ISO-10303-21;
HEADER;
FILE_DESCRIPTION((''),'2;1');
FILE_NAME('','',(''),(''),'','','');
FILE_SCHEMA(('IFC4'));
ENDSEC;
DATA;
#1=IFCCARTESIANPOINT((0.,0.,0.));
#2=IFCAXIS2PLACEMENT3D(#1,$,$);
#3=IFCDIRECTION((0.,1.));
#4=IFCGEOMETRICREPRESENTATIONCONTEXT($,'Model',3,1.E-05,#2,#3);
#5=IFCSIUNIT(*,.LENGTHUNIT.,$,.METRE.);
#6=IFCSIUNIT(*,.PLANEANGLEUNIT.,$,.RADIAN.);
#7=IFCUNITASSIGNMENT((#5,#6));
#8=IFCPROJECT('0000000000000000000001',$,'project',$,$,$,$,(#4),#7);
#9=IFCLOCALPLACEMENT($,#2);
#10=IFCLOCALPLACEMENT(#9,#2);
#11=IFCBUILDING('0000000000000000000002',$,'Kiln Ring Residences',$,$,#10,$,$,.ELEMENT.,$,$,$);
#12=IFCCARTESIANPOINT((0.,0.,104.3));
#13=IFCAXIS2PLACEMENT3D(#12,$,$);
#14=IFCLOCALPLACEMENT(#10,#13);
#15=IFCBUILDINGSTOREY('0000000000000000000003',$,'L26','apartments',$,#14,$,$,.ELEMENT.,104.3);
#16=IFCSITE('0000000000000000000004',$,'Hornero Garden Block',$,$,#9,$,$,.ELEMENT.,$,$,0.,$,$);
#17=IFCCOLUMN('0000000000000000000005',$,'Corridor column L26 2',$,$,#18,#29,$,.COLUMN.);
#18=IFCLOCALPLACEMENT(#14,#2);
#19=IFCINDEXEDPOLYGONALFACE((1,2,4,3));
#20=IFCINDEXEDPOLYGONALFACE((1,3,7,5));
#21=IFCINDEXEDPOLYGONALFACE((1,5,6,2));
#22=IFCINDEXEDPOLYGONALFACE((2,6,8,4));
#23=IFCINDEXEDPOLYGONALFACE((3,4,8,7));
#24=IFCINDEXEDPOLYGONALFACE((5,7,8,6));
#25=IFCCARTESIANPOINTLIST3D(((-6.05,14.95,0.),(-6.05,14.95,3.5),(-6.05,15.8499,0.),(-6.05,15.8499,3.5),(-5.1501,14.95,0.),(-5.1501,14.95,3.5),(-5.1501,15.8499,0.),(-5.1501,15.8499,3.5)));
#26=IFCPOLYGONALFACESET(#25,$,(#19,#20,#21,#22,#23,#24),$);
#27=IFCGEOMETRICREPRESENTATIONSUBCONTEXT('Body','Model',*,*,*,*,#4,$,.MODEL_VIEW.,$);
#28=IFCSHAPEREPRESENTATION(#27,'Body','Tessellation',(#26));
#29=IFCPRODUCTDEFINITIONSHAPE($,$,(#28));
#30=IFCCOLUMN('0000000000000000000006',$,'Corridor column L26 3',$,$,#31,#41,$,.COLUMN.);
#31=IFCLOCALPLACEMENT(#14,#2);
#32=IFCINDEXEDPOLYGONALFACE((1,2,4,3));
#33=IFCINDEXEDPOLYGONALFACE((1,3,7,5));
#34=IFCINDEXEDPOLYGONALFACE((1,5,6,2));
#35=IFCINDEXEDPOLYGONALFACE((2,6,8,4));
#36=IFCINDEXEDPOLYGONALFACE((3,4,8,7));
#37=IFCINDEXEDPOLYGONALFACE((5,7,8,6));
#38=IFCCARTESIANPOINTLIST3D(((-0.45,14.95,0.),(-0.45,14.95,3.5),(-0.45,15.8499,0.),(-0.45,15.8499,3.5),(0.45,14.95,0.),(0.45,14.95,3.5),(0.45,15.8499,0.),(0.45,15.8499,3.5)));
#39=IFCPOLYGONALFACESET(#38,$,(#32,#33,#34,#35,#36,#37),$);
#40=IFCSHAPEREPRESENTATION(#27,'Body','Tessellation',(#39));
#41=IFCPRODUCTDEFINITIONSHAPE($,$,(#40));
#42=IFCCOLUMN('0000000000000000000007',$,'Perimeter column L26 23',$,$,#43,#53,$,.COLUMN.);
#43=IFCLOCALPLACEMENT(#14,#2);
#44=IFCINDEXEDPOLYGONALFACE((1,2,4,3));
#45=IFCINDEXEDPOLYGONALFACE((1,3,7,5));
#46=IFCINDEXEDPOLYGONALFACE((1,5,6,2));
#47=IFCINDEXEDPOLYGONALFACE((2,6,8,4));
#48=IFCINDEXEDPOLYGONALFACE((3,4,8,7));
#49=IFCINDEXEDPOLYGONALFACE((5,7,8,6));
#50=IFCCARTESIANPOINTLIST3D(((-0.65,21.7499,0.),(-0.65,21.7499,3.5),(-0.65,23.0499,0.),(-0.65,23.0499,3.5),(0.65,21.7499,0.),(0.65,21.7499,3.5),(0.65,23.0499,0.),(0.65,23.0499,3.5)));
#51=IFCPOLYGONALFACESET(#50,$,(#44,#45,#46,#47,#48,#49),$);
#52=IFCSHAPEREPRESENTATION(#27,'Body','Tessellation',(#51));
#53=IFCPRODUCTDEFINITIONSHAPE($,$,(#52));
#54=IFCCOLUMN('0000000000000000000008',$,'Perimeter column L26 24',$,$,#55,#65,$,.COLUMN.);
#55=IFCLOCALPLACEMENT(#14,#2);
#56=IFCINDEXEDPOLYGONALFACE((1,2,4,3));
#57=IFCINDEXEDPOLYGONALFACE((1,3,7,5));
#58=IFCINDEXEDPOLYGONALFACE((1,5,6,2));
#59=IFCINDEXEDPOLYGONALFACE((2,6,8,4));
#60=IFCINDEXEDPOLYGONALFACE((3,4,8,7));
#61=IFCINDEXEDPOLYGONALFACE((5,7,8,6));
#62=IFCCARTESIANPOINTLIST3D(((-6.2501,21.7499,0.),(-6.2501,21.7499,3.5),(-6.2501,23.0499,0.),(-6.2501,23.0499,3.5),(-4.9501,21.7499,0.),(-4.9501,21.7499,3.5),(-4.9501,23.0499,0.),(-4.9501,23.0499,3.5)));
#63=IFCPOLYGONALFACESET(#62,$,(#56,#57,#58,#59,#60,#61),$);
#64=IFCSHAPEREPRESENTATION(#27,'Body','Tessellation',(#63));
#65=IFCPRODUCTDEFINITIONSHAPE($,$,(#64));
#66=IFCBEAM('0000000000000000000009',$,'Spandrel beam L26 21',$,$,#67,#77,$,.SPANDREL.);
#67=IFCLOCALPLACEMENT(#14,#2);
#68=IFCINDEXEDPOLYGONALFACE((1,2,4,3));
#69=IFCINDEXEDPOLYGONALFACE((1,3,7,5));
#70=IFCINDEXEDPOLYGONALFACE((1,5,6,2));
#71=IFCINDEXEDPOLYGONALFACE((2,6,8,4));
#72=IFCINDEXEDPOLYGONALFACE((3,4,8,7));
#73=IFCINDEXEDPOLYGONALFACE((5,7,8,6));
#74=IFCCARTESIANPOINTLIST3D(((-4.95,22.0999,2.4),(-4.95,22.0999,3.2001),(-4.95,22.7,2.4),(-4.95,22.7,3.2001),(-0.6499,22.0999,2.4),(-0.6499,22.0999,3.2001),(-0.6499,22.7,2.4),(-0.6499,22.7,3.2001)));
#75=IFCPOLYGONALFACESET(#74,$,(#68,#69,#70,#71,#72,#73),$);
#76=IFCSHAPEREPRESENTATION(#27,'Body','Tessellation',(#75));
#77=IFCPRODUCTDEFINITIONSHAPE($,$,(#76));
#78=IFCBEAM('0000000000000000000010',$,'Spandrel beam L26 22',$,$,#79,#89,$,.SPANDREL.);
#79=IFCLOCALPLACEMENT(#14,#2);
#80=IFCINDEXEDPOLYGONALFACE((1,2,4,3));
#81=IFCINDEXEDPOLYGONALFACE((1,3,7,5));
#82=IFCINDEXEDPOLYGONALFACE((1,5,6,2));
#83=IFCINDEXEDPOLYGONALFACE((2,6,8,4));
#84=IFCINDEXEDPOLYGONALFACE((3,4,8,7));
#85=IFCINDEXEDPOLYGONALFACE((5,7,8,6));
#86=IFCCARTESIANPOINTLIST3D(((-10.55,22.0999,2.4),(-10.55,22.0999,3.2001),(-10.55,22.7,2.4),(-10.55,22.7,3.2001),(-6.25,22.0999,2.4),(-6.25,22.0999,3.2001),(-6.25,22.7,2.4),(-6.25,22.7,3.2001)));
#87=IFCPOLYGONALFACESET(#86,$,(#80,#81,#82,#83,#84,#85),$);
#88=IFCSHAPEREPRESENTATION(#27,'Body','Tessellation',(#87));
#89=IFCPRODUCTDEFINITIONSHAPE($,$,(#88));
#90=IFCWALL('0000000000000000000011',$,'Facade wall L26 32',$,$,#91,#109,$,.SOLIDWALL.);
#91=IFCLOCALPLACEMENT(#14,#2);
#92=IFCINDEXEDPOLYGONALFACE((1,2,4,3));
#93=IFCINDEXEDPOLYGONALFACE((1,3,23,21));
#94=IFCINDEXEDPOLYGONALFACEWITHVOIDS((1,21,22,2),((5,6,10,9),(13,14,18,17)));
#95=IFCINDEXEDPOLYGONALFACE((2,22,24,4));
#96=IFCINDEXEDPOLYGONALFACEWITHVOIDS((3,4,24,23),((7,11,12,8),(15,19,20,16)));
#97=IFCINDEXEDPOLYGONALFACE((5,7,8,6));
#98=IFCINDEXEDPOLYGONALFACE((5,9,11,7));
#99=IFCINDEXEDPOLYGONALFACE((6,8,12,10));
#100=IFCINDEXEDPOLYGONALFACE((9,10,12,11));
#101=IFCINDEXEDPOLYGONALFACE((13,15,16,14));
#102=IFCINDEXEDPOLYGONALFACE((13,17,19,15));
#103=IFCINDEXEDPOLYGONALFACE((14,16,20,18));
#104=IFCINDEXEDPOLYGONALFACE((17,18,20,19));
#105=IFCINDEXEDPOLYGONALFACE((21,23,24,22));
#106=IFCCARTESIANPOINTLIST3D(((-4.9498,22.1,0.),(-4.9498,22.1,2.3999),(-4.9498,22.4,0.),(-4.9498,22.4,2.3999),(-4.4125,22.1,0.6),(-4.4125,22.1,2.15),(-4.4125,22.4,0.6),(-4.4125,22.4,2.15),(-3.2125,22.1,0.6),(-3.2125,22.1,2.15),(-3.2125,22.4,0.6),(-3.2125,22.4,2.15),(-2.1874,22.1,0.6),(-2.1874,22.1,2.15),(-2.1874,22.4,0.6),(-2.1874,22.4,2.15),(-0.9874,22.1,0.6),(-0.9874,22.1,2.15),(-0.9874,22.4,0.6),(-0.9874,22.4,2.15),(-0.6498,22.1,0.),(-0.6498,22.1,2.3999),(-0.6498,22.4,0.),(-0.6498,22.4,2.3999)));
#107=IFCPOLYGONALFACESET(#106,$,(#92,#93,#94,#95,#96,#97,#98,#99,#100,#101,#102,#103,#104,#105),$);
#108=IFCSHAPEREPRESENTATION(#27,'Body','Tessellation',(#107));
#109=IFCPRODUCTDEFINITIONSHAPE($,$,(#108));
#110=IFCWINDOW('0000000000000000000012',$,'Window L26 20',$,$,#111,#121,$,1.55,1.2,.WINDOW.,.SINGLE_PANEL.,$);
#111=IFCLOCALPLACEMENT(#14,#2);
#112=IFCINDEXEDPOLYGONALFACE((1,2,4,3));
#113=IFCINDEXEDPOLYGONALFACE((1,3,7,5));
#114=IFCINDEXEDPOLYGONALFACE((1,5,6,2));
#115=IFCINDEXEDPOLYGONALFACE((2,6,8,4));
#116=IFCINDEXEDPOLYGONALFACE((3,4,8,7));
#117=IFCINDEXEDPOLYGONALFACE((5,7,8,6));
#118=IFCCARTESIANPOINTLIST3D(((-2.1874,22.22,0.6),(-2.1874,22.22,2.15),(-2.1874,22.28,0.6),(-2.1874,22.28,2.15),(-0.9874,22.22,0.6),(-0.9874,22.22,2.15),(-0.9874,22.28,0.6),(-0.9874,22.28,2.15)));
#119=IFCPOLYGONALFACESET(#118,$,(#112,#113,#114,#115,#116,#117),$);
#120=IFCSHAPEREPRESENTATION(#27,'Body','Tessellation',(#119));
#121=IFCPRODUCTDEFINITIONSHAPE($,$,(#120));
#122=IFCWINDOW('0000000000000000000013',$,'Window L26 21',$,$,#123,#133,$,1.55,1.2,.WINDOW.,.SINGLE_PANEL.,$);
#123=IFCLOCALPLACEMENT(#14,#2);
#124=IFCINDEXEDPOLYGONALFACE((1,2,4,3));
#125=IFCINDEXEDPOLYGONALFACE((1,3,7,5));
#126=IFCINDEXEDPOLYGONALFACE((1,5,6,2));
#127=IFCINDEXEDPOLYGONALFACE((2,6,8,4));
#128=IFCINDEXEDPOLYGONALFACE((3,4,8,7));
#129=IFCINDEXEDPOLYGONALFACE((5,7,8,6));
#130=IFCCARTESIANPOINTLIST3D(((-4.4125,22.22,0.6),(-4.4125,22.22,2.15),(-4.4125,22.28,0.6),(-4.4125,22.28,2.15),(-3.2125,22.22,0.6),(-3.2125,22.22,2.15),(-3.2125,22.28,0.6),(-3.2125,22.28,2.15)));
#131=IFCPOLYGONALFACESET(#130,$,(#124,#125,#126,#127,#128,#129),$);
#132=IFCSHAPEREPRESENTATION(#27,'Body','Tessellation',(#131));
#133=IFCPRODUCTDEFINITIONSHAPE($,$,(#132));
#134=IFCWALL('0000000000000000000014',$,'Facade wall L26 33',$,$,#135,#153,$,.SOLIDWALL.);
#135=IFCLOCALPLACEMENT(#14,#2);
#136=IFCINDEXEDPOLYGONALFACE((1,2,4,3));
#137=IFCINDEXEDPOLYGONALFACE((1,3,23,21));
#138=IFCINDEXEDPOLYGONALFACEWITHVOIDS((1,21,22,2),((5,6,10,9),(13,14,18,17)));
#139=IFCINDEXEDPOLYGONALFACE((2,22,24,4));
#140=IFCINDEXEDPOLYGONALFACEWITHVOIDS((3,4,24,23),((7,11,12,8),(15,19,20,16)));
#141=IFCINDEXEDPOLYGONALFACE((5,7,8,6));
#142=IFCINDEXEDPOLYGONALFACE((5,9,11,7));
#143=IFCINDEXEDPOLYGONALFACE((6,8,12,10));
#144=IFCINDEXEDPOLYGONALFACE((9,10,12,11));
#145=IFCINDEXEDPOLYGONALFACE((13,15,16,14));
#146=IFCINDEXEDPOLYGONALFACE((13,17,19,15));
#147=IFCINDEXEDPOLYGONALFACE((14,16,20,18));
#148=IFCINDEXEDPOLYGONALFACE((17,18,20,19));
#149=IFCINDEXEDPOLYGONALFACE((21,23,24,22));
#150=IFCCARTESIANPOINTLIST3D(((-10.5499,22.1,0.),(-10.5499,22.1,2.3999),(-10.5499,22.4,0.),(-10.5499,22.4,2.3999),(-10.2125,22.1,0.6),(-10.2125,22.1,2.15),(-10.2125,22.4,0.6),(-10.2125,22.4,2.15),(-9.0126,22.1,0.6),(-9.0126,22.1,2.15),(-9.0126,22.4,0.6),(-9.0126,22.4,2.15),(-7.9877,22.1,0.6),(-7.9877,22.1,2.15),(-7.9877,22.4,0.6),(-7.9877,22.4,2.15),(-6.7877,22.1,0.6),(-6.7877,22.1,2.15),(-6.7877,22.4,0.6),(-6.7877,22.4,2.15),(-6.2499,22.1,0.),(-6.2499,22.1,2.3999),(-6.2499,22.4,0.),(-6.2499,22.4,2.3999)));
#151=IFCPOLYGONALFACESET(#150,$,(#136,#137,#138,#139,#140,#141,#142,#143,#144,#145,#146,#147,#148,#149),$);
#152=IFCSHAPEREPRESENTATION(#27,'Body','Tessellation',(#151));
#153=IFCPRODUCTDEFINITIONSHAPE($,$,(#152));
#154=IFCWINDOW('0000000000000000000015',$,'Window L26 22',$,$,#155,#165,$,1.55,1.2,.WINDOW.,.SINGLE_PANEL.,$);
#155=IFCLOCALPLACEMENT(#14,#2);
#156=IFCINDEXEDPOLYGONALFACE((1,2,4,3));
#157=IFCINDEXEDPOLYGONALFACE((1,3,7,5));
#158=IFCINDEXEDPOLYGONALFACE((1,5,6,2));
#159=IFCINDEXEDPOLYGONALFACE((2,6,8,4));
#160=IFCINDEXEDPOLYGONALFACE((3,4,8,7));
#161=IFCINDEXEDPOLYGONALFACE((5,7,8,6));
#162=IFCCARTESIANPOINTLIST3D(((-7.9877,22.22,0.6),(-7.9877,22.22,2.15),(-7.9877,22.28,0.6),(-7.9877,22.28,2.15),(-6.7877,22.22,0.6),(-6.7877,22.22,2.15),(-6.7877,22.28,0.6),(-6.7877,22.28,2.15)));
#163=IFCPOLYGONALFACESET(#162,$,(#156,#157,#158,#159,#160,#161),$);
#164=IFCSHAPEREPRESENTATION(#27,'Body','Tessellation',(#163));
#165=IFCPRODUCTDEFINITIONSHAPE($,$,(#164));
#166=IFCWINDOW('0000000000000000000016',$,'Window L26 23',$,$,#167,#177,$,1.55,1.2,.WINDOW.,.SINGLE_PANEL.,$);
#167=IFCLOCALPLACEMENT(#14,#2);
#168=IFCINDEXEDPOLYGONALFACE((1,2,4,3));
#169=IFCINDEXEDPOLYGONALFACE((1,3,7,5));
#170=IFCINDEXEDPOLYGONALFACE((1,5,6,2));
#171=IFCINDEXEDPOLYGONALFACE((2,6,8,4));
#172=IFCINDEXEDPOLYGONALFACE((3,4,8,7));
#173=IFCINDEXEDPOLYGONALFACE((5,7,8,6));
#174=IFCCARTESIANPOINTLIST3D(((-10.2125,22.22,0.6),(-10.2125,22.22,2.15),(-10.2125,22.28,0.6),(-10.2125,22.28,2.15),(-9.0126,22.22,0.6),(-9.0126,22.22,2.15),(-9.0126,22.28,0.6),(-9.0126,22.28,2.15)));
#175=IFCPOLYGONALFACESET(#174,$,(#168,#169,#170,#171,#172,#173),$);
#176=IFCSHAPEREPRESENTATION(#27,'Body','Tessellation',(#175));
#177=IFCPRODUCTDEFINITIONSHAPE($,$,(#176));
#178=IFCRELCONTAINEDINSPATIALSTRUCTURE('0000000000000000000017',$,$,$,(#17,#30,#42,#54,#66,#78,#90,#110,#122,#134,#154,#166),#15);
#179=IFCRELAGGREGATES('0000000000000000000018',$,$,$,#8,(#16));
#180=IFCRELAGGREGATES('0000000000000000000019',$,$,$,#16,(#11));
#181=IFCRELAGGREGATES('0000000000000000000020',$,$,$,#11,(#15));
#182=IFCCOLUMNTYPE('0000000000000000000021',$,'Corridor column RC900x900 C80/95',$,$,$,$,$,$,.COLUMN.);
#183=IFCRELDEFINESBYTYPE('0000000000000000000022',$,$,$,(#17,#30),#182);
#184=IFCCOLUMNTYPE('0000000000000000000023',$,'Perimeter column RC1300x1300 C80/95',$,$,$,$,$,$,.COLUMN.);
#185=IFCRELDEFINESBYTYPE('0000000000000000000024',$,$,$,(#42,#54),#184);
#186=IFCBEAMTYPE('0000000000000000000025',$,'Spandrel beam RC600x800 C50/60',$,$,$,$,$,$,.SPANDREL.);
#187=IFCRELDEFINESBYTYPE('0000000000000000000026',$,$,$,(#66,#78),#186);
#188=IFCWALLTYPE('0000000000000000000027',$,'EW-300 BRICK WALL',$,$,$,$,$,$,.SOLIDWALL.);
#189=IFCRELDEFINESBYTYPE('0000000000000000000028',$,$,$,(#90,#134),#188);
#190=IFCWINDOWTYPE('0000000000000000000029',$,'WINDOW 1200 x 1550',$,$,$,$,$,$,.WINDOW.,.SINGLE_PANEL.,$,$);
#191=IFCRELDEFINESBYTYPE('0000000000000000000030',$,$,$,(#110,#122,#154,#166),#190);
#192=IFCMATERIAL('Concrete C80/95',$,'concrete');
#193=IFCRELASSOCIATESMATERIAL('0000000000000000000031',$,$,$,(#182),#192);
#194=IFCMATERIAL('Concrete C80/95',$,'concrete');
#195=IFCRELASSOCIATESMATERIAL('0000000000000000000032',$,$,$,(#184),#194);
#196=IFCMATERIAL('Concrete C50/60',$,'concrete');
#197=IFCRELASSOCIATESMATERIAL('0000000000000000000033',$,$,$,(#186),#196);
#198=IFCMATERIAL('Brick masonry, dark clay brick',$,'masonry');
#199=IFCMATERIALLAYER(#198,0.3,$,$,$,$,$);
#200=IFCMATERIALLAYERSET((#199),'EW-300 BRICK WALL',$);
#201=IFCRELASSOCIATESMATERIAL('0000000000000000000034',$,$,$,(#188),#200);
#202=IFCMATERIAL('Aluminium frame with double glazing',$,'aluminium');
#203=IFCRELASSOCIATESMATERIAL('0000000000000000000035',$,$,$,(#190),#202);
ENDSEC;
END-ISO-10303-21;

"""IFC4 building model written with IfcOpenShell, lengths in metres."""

from ifc_helpers import new_model, si_unit, direction, frame, frame_2d, origin, origin_2d, place, context, subcontext, project, spatial, rectangle, extrude, material, layer, layer_set, material_profile, profile_set, type_object, element, fill, save


model = new_model("IFC4")

# Units and contexts
model_context = context("Model", 3, precision=1e-05, world=origin(), true_north=direction((0.0, 1.0)))
body_context = subcontext(model_context, "Body", "Model", "MODEL_VIEW")
ifc_project = project(units=[si_unit("LENGTHUNIT", "METRE"), si_unit("PLANEANGLEUNIT", "RADIAN")], contexts=[model_context])

# Site, building, storey
site_placement = place(None, origin())
site = spatial("IfcSite", under=ifc_project, at=site_placement, Name="Hornero Garden Block", CompositionType="ELEMENT", RefElevation=0.0)
building_placement = place(site_placement, origin())
building = spatial("IfcBuilding", under=site, at=building_placement, Name="Kiln Ring Residences", CompositionType="ELEMENT")
storey_placement = place(building_placement, frame((0.0, 0.0, 104.3)))
storey = spatial("IfcBuildingStorey", under=building, at=storey_placement, Name="L26", Description="apartments", CompositionType="ELEMENT", Elevation=104.3)

# Columns
ifc_material_1 = material(Name="Concrete C80/95", Category="concrete")
ifc_material_profile_1 = material_profile(ifc_material_1, rectangle(XDim=0.8999, YDim=0.8999, at=origin_2d()), Name="RC900x900")
ifc_profile_set_1 = profile_set([ifc_material_profile_1], Name="Concrete C80/95")
column_type_1 = type_object("IfcColumnType", Name="Corridor column RC900x900 C80/95", PredefinedType="COLUMN", material=ifc_profile_set_1)
for number, where, z_axis, x_axis, name in (
    (1, (-5.6001, 15.3999, 0.0), (0.0, 0.0, 1.0), (1.0, 0.0, 0.0), "Corridor column L26 2"),
    (2, (0.0, 15.3999, 0.0), (0.0, 0.0, 1.0), (1.0, 0.0, 0.0), "Corridor column L26 3"),
):
    element("IfcColumn", number, at=place(storey_placement, frame(where, z_axis=z_axis, x_axis=x_axis)), inside=storey, type_object=column_type_1, Name=name, PredefinedType="COLUMN", context=body_context, shape_type="SweptSolid", body=[
        extrude(rectangle(XDim=0.8999, YDim=0.8999, at=origin_2d()), origin(), (0.0, 0.0, 1.0), 3.5),
    ])
ifc_material_2 = material(Name="Concrete C80/95", Category="concrete")
ifc_material_profile_2 = material_profile(ifc_material_2, rectangle(XDim=1.3, YDim=1.3, at=origin_2d()), Name="RC1300x1300")
ifc_profile_set_2 = profile_set([ifc_material_profile_2], Name="Concrete C80/95")
column_type_2 = type_object("IfcColumnType", Name="Perimeter column RC1300x1300 C80/95", PredefinedType="COLUMN", material=ifc_profile_set_2)
for number, where, z_axis, x_axis, name in (
    (3, (0.0, 22.3999, 0.0), (0.0, 0.0, 1.0), (1.0, 0.0, 0.0), "Perimeter column L26 23"),
    (4, (-5.6001, 22.3999, 0.0), (0.0, 0.0, 1.0), (1.0, 0.0, 0.0), "Perimeter column L26 24"),
):
    element("IfcColumn", number, at=place(storey_placement, frame(where, z_axis=z_axis, x_axis=x_axis)), inside=storey, type_object=column_type_2, Name=name, PredefinedType="COLUMN", context=body_context, shape_type="SweptSolid", body=[
        extrude(rectangle(XDim=1.3, YDim=1.3, at=origin_2d()), origin(), (0.0, 0.0, 1.0), 3.5),
    ])

# Beams
ifc_material_3 = material(Name="Concrete C50/60", Category="concrete")
ifc_material_profile_3 = material_profile(ifc_material_3, rectangle(XDim=0.6001, YDim=0.8, at=origin_2d()), Name="RC600x800")
ifc_profile_set_3 = profile_set([ifc_material_profile_3], Name="Concrete C50/60")
beam_type = type_object("IfcBeamType", Name="Spandrel beam RC600x800 C50/60", PredefinedType="SPANDREL", material=ifc_profile_set_3)
for number, where, z_axis, x_axis, name in (
    (5, (-0.6499, 22.3999, 2.8), (-1.0, 0.0, 0.0), (0.0, -1.0, 0.0), "Spandrel beam L26 21"),
    (6, (-6.25, 22.3999, 2.8), (-1.0, 0.0, 0.0), (0.0, -1.0, 0.0), "Spandrel beam L26 22"),
):
    element("IfcBeam", number, at=place(storey_placement, frame(where, z_axis=z_axis, x_axis=x_axis)), inside=storey, type_object=beam_type, Name=name, PredefinedType="SPANDREL", context=body_context, shape_type="SweptSolid", body=[
        extrude(rectangle(XDim=0.6001, YDim=0.8, at=origin_2d()), origin(), (0.0, 0.0, 1.0), 4.3),
    ])

# Walls, openings, windows
ifc_material_4 = material(Name="Brick masonry, dark clay brick", Category="masonry")
ifc_layer_1 = layer(ifc_material_4, 0.3)
ifc_layer_set_1 = layer_set([ifc_layer_1], Name="EW-300 BRICK WALL")
wall_type_1 = type_object("IfcWallType", Name="EW-300 BRICK WALL", PredefinedType="SOLIDWALL", material=ifc_layer_set_1)
wall_1_placement = place(storey_placement, frame((-0.6499, 22.25, 0.0), z_axis=(0.0, 0.0, 1.0), x_axis=(-1.0, 0.0, 0.0)))
wall_1 = element("IfcWall", 7, at=wall_1_placement, inside=storey, type_object=wall_type_1, Name="Facade wall L26 32", PredefinedType="SOLIDWALL", context=body_context, shape_type="SweptSolid", body=[
    extrude(rectangle(XDim=4.3, YDim=0.3, at=frame_2d((2.1499, 0.0))), origin(), (0.0, 0.0, 1.0), 2.3999),
])
opening_1_placement = place(wall_1_placement, frame((0.3374, 0.0, 0.6001)))
opening_1 = element("IfcOpeningElement", 8, at=opening_1_placement, cuts=wall_1, PredefinedType="OPENING", context=body_context, shape_type="SweptSolid", body=[
    extrude(rectangle(XDim=1.2, YDim=1.55, at=frame_2d((0.6001, 0.7749))), frame((0.0, 0.1599, 0.0), z_axis=(0.0, -1.0, 0.0), x_axis=(1.0, 0.0, 0.0)), (0.0, 0.0, 1.0), 0.3201),
])
opening_2_placement = place(wall_1_placement, frame((2.5625, 0.0, 0.6001)))
opening_2 = element("IfcOpeningElement", 9, at=opening_2_placement, cuts=wall_1, PredefinedType="OPENING", context=body_context, shape_type="SweptSolid", body=[
    extrude(rectangle(XDim=1.2, YDim=1.55, at=frame_2d((0.6001, 0.7749))), frame((0.0, 0.1599, 0.0), z_axis=(0.0, -1.0, 0.0), x_axis=(1.0, 0.0, 0.0)), (0.0, 0.0, 1.0), 0.3201),
])
ifc_material_5 = material(Name="Aluminium frame with double glazing", Category="aluminium")
window_type = type_object("IfcWindowType", Name="WINDOW 1200 x 1550", PartitioningType="SINGLE_PANEL", PredefinedType="WINDOW", material=ifc_material_5)
window_1_placement = place(opening_1_placement, origin())
window_1 = element("IfcWindow", 10, at=window_1_placement, inside=storey, type_object=window_type, Name="Window L26 20", OverallHeight=1.55, OverallWidth=1.2, PartitioningType="SINGLE_PANEL", PredefinedType="WINDOW", context=body_context, shape_type="SweptSolid", body=[
    extrude(rectangle(XDim=1.2, YDim=1.55, at=frame_2d((0.6001, 0.7749))), frame((0.0, 0.03, 0.0), z_axis=(0.0, -1.0, 0.0), x_axis=(1.0, 0.0, 0.0)), (0.0, 0.0, 1.0), 0.0601),
])
fill(opening_1, window_1)
window_2_placement = place(opening_2_placement, origin())
window_2 = element("IfcWindow", 11, at=window_2_placement, inside=storey, type_object=window_type, Name="Window L26 21", OverallHeight=1.55, OverallWidth=1.2, PartitioningType="SINGLE_PANEL", PredefinedType="WINDOW", context=body_context, shape_type="SweptSolid", body=[
    extrude(rectangle(XDim=1.2, YDim=1.55, at=frame_2d((0.6001, 0.7749))), frame((0.0, 0.03, 0.0), z_axis=(0.0, -1.0, 0.0), x_axis=(1.0, 0.0, 0.0)), (0.0, 0.0, 1.0), 0.0601),
])
fill(opening_2, window_2)
wall_2_placement = place(storey_placement, frame((-6.25, 22.25, 0.0), z_axis=(0.0, 0.0, 1.0), x_axis=(-1.0, 0.0, 0.0)))
wall_2 = element("IfcWall", 12, at=wall_2_placement, inside=storey, type_object=wall_type_1, Name="Facade wall L26 33", PredefinedType="SOLIDWALL", context=body_context, shape_type="SweptSolid", body=[
    extrude(rectangle(XDim=4.3, YDim=0.3, at=frame_2d((2.1499, 0.0))), origin(), (0.0, 0.0, 1.0), 2.3999),
])
opening_3_placement = place(wall_2_placement, frame((0.5376, 0.0, 0.6001)))
opening_3 = element("IfcOpeningElement", 13, at=opening_3_placement, cuts=wall_2, PredefinedType="OPENING", context=body_context, shape_type="SweptSolid", body=[
    extrude(rectangle(XDim=1.2, YDim=1.55, at=frame_2d((0.6001, 0.7749))), frame((0.0, 0.1599, 0.0), z_axis=(0.0, -1.0, 0.0), x_axis=(1.0, 0.0, 0.0)), (0.0, 0.0, 1.0), 0.3201),
])
opening_4_placement = place(wall_2_placement, frame((2.7625, 0.0, 0.6001)))
opening_4 = element("IfcOpeningElement", 14, at=opening_4_placement, cuts=wall_2, PredefinedType="OPENING", context=body_context, shape_type="SweptSolid", body=[
    extrude(rectangle(XDim=1.2, YDim=1.55, at=frame_2d((0.6001, 0.7749))), frame((0.0, 0.1599, 0.0), z_axis=(0.0, -1.0, 0.0), x_axis=(1.0, 0.0, 0.0)), (0.0, 0.0, 1.0), 0.3201),
])
window_3_placement = place(opening_3_placement, origin())
window_3 = element("IfcWindow", 15, at=window_3_placement, inside=storey, type_object=window_type, Name="Window L26 22", OverallHeight=1.55, OverallWidth=1.2, PartitioningType="SINGLE_PANEL", PredefinedType="WINDOW", context=body_context, shape_type="SweptSolid", body=[
    extrude(rectangle(XDim=1.2, YDim=1.55, at=frame_2d((0.6001, 0.7749))), frame((0.0, 0.03, 0.0), z_axis=(0.0, -1.0, 0.0), x_axis=(1.0, 0.0, 0.0)), (0.0, 0.0, 1.0), 0.0601),
])
fill(opening_3, window_3)
window_4_placement = place(opening_4_placement, origin())
window_4 = element("IfcWindow", 16, at=window_4_placement, inside=storey, type_object=window_type, Name="Window L26 23", OverallHeight=1.55, OverallWidth=1.2, PartitioningType="SINGLE_PANEL", PredefinedType="WINDOW", context=body_context, shape_type="SweptSolid", body=[
    extrude(rectangle(XDim=1.2, YDim=1.55, at=frame_2d((0.6001, 0.7749))), frame((0.0, 0.03, 0.0), z_axis=(0.0, -1.0, 0.0), x_axis=(1.0, 0.0, 0.0)), (0.0, 0.0, 1.0), 0.0601),
])
fill(opening_4, window_4)

save(model, "model.ifc")
